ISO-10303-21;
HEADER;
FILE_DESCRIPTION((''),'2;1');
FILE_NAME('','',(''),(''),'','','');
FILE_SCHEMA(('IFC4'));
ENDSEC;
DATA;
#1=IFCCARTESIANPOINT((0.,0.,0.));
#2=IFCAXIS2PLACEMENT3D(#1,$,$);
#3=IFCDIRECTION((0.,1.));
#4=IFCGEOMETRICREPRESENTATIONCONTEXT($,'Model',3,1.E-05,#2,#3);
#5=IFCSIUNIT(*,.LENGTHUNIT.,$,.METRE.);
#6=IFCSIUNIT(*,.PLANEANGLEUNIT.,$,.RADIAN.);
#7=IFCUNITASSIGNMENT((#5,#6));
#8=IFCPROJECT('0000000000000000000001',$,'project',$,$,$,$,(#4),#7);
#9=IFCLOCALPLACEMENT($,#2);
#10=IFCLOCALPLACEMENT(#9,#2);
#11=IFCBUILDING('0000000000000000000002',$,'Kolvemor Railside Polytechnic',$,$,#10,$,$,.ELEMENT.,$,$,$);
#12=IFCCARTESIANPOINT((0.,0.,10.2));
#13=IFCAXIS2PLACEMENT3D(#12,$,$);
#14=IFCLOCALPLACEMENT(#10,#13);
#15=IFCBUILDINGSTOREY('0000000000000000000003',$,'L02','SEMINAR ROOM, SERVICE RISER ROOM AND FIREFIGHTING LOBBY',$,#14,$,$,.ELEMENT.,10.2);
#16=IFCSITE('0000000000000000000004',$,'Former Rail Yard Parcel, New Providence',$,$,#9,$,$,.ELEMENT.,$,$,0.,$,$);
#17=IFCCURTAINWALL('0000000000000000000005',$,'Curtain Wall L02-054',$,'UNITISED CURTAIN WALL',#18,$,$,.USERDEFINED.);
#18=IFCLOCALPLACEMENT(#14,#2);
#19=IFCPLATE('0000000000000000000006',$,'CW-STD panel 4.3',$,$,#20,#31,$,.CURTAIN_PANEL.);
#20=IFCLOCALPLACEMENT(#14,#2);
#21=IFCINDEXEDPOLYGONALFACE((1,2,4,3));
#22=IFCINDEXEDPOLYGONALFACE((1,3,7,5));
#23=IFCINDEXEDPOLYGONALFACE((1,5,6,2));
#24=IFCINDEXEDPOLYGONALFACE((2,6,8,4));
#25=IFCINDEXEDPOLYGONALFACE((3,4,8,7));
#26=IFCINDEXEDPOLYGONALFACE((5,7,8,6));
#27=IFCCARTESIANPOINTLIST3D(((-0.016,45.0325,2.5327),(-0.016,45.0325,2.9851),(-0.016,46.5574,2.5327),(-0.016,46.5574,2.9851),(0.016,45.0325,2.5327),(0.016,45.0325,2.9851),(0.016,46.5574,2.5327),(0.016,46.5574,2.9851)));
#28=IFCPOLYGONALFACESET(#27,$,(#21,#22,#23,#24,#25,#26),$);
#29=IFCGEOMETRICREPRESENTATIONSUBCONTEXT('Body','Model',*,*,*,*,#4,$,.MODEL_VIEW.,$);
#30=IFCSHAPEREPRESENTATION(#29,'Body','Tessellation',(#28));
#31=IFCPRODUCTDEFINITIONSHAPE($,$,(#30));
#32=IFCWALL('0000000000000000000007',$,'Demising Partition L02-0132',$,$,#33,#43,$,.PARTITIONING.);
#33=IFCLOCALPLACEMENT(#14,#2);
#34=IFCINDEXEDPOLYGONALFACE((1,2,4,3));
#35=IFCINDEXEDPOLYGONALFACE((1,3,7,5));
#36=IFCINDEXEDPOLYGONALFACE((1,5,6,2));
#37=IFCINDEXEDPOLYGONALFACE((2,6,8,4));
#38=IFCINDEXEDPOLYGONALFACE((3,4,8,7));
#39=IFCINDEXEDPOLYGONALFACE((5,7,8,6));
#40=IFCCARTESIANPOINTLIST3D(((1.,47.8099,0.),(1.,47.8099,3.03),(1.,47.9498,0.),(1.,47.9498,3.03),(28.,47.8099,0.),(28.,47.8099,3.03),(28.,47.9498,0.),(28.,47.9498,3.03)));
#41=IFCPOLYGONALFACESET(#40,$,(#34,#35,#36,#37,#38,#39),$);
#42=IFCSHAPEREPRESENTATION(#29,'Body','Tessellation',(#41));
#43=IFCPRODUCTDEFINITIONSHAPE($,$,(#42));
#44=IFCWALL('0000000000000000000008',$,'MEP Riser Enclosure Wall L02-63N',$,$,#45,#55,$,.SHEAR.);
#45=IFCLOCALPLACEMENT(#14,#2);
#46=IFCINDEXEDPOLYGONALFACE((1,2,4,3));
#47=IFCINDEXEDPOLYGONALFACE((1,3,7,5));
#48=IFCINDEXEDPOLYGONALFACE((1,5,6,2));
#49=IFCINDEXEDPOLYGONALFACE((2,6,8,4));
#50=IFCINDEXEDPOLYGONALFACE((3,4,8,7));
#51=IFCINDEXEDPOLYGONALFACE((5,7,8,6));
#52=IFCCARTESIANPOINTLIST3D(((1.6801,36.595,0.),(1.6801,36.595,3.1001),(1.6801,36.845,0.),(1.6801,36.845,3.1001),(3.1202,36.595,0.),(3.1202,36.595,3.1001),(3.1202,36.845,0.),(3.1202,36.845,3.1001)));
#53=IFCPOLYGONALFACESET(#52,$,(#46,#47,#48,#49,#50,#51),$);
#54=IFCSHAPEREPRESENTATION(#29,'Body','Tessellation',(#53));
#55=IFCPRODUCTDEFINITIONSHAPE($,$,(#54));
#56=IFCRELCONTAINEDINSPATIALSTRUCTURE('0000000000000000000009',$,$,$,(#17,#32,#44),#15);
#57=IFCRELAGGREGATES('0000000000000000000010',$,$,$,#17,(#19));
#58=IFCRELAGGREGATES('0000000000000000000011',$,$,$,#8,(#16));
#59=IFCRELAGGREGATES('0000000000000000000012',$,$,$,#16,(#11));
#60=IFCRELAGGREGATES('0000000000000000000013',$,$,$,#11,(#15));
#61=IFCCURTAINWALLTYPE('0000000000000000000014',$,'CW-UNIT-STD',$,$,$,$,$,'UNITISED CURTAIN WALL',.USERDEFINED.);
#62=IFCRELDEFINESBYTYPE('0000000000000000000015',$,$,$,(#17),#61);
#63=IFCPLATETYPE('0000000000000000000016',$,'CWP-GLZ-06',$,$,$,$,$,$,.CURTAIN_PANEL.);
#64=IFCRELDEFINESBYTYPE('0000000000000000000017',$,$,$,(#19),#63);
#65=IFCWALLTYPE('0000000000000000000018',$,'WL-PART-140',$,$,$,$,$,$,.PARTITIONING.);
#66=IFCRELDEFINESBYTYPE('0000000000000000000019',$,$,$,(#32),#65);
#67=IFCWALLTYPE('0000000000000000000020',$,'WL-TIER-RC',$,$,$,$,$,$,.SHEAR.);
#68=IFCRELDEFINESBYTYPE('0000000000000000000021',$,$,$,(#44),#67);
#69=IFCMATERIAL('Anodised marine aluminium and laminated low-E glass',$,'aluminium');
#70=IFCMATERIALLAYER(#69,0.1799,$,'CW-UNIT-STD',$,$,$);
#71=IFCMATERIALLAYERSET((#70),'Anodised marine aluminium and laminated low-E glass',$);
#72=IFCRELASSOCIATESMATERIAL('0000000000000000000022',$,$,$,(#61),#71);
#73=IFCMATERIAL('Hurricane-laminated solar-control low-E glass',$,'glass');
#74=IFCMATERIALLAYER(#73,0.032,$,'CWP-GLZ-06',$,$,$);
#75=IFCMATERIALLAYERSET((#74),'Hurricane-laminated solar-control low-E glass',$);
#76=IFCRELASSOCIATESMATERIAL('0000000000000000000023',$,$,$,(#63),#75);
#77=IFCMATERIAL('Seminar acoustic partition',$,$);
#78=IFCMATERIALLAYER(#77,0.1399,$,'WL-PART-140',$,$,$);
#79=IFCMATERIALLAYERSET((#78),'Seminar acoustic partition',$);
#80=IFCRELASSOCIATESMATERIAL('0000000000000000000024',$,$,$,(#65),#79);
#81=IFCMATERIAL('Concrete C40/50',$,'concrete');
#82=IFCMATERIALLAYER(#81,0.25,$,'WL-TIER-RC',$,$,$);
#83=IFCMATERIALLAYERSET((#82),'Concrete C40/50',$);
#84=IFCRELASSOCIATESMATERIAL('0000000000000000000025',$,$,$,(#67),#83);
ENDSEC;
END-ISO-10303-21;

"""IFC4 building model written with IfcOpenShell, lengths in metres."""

from ifc_helpers import new_model, si_unit, direction, frame, frame_2d, origin, origin_2d, place, context, subcontext, project, spatial, rectangle, extrude, material, layer, layer_set, type_object, element, aggregate, save


model = new_model("IFC4")

# Units and contexts
model_context = context("Model", 3, precision=1e-05, world=origin(), true_north=direction((0.0, 1.0)))
body_context = subcontext(model_context, "Body", "Model", "MODEL_VIEW")
ifc_project = project(units=[si_unit("LENGTHUNIT", "METRE"), si_unit("PLANEANGLEUNIT", "RADIAN")], contexts=[model_context])

# Site, building, storey
site_placement = place(None, origin())
site = spatial("IfcSite", under=ifc_project, at=site_placement, Name="Former Rail Yard Parcel, New Providence", CompositionType="ELEMENT", RefElevation=0.0)
building_placement = place(site_placement, origin())
building = spatial("IfcBuilding", under=site, at=building_placement, Name="Kolvemor Railside Polytechnic", CompositionType="ELEMENT")
storey_placement = place(building_placement, frame((0.0, 0.0, 10.2)))
storey = spatial("IfcBuildingStorey", under=building, at=storey_placement, Name="L02", Description="SEMINAR ROOM, SERVICE RISER ROOM AND FIREFIGHTING LOBBY", CompositionType="ELEMENT", Elevation=10.2)

# Curtain wall, plate
ifc_material_1 = material(Name="Anodised marine aluminium and laminated low-E glass", Category="aluminium")
ifc_layer_1 = layer(ifc_material_1, 0.1799, Name="CW-UNIT-STD")
ifc_layer_set_1 = layer_set([ifc_layer_1], Name="Anodised marine aluminium and laminated low-E glass")
curtain_wall_type = type_object("IfcCurtainWallType", Name="CW-UNIT-STD", ElementType="UNITISED CURTAIN WALL", PredefinedType="USERDEFINED", material=ifc_layer_set_1)
curtain_wall_placement = place(storey_placement, origin())
curtain_wall = element("IfcCurtainWall", 1, at=curtain_wall_placement, inside=storey, type_object=curtain_wall_type, Name="Curtain Wall L02-054", ObjectType="UNITISED CURTAIN WALL", PredefinedType="USERDEFINED")
ifc_material_2 = material(Name="Hurricane-laminated solar-control low-E glass", Category="glass")
ifc_layer_2 = layer(ifc_material_2, 0.032, Name="CWP-GLZ-06")
ifc_layer_set_2 = layer_set([ifc_layer_2], Name="Hurricane-laminated solar-control low-E glass")
plate_type = type_object("IfcPlateType", Name="CWP-GLZ-06", PredefinedType="CURTAIN_PANEL", material=ifc_layer_set_2)
plate_1_placement = place(storey_placement, frame((0.0, 45.7949, 2.5327), z_axis=(0.0, 0.0, 1.0), x_axis=(0.0, -1.0, 0.0)))
plate_1 = element("IfcPlate", 2, at=plate_1_placement, type_object=plate_type, Name="CW-STD panel 4.3", PredefinedType="CURTAIN_PANEL", context=body_context, shape_type="SweptSolid", body=[
    extrude(rectangle(XDim=1.5249, YDim=0.032, at=origin_2d()), origin(), (0.0, 0.0, 1.0), 0.4524),
])
aggregate(curtain_wall, [plate_1])

# Walls
ifc_material_3 = material(Name="Seminar acoustic partition")
ifc_layer_3 = layer(ifc_material_3, 0.1399, Name="WL-PART-140")
ifc_layer_set_3 = layer_set([ifc_layer_3], Name="Seminar acoustic partition")
wall_type_1 = type_object("IfcWallType", Name="WL-PART-140", PredefinedType="PARTITIONING", material=ifc_layer_set_3)
wall_1_placement = place(storey_placement, frame((1.0, 47.8799, 0.0), z_axis=(0.0, 0.0, 1.0), x_axis=(1.0, 0.0, 0.0)))
element("IfcWall", 3, at=wall_1_placement, inside=storey, type_object=wall_type_1, Name="Demising Partition L02-0132", PredefinedType="PARTITIONING", context=body_context, shape_type="SweptSolid", body=[
    extrude(rectangle(XDim=27.0, YDim=0.1399, at=frame_2d((13.5, 0.0))), origin(), (0.0, 0.0, 1.0), 3.03),
])
ifc_material_4 = material(Name="Concrete C40/50", Category="concrete")
ifc_layer_4 = layer(ifc_material_4, 0.25, Name="WL-TIER-RC")
ifc_layer_set_4 = layer_set([ifc_layer_4], Name="Concrete C40/50")
wall_type_2 = type_object("IfcWallType", Name="WL-TIER-RC", PredefinedType="SHEAR", material=ifc_layer_set_4)
wall_2_placement = place(storey_placement, frame((1.6799, 36.72, 0.0), z_axis=(0.0, 0.0, 1.0), x_axis=(1.0, 0.0, 0.0)))
element("IfcWall", 4, at=wall_2_placement, inside=storey, type_object=wall_type_2, Name="MEP Riser Enclosure Wall L02-63N", PredefinedType="SHEAR", context=body_context, shape_type="SweptSolid", body=[
    extrude(rectangle(XDim=1.4402, YDim=0.25, at=frame_2d((0.7202, 0.0))), origin(), (0.0, 0.0, 1.0), 3.1001),
])

save(model, "model.ifc")
